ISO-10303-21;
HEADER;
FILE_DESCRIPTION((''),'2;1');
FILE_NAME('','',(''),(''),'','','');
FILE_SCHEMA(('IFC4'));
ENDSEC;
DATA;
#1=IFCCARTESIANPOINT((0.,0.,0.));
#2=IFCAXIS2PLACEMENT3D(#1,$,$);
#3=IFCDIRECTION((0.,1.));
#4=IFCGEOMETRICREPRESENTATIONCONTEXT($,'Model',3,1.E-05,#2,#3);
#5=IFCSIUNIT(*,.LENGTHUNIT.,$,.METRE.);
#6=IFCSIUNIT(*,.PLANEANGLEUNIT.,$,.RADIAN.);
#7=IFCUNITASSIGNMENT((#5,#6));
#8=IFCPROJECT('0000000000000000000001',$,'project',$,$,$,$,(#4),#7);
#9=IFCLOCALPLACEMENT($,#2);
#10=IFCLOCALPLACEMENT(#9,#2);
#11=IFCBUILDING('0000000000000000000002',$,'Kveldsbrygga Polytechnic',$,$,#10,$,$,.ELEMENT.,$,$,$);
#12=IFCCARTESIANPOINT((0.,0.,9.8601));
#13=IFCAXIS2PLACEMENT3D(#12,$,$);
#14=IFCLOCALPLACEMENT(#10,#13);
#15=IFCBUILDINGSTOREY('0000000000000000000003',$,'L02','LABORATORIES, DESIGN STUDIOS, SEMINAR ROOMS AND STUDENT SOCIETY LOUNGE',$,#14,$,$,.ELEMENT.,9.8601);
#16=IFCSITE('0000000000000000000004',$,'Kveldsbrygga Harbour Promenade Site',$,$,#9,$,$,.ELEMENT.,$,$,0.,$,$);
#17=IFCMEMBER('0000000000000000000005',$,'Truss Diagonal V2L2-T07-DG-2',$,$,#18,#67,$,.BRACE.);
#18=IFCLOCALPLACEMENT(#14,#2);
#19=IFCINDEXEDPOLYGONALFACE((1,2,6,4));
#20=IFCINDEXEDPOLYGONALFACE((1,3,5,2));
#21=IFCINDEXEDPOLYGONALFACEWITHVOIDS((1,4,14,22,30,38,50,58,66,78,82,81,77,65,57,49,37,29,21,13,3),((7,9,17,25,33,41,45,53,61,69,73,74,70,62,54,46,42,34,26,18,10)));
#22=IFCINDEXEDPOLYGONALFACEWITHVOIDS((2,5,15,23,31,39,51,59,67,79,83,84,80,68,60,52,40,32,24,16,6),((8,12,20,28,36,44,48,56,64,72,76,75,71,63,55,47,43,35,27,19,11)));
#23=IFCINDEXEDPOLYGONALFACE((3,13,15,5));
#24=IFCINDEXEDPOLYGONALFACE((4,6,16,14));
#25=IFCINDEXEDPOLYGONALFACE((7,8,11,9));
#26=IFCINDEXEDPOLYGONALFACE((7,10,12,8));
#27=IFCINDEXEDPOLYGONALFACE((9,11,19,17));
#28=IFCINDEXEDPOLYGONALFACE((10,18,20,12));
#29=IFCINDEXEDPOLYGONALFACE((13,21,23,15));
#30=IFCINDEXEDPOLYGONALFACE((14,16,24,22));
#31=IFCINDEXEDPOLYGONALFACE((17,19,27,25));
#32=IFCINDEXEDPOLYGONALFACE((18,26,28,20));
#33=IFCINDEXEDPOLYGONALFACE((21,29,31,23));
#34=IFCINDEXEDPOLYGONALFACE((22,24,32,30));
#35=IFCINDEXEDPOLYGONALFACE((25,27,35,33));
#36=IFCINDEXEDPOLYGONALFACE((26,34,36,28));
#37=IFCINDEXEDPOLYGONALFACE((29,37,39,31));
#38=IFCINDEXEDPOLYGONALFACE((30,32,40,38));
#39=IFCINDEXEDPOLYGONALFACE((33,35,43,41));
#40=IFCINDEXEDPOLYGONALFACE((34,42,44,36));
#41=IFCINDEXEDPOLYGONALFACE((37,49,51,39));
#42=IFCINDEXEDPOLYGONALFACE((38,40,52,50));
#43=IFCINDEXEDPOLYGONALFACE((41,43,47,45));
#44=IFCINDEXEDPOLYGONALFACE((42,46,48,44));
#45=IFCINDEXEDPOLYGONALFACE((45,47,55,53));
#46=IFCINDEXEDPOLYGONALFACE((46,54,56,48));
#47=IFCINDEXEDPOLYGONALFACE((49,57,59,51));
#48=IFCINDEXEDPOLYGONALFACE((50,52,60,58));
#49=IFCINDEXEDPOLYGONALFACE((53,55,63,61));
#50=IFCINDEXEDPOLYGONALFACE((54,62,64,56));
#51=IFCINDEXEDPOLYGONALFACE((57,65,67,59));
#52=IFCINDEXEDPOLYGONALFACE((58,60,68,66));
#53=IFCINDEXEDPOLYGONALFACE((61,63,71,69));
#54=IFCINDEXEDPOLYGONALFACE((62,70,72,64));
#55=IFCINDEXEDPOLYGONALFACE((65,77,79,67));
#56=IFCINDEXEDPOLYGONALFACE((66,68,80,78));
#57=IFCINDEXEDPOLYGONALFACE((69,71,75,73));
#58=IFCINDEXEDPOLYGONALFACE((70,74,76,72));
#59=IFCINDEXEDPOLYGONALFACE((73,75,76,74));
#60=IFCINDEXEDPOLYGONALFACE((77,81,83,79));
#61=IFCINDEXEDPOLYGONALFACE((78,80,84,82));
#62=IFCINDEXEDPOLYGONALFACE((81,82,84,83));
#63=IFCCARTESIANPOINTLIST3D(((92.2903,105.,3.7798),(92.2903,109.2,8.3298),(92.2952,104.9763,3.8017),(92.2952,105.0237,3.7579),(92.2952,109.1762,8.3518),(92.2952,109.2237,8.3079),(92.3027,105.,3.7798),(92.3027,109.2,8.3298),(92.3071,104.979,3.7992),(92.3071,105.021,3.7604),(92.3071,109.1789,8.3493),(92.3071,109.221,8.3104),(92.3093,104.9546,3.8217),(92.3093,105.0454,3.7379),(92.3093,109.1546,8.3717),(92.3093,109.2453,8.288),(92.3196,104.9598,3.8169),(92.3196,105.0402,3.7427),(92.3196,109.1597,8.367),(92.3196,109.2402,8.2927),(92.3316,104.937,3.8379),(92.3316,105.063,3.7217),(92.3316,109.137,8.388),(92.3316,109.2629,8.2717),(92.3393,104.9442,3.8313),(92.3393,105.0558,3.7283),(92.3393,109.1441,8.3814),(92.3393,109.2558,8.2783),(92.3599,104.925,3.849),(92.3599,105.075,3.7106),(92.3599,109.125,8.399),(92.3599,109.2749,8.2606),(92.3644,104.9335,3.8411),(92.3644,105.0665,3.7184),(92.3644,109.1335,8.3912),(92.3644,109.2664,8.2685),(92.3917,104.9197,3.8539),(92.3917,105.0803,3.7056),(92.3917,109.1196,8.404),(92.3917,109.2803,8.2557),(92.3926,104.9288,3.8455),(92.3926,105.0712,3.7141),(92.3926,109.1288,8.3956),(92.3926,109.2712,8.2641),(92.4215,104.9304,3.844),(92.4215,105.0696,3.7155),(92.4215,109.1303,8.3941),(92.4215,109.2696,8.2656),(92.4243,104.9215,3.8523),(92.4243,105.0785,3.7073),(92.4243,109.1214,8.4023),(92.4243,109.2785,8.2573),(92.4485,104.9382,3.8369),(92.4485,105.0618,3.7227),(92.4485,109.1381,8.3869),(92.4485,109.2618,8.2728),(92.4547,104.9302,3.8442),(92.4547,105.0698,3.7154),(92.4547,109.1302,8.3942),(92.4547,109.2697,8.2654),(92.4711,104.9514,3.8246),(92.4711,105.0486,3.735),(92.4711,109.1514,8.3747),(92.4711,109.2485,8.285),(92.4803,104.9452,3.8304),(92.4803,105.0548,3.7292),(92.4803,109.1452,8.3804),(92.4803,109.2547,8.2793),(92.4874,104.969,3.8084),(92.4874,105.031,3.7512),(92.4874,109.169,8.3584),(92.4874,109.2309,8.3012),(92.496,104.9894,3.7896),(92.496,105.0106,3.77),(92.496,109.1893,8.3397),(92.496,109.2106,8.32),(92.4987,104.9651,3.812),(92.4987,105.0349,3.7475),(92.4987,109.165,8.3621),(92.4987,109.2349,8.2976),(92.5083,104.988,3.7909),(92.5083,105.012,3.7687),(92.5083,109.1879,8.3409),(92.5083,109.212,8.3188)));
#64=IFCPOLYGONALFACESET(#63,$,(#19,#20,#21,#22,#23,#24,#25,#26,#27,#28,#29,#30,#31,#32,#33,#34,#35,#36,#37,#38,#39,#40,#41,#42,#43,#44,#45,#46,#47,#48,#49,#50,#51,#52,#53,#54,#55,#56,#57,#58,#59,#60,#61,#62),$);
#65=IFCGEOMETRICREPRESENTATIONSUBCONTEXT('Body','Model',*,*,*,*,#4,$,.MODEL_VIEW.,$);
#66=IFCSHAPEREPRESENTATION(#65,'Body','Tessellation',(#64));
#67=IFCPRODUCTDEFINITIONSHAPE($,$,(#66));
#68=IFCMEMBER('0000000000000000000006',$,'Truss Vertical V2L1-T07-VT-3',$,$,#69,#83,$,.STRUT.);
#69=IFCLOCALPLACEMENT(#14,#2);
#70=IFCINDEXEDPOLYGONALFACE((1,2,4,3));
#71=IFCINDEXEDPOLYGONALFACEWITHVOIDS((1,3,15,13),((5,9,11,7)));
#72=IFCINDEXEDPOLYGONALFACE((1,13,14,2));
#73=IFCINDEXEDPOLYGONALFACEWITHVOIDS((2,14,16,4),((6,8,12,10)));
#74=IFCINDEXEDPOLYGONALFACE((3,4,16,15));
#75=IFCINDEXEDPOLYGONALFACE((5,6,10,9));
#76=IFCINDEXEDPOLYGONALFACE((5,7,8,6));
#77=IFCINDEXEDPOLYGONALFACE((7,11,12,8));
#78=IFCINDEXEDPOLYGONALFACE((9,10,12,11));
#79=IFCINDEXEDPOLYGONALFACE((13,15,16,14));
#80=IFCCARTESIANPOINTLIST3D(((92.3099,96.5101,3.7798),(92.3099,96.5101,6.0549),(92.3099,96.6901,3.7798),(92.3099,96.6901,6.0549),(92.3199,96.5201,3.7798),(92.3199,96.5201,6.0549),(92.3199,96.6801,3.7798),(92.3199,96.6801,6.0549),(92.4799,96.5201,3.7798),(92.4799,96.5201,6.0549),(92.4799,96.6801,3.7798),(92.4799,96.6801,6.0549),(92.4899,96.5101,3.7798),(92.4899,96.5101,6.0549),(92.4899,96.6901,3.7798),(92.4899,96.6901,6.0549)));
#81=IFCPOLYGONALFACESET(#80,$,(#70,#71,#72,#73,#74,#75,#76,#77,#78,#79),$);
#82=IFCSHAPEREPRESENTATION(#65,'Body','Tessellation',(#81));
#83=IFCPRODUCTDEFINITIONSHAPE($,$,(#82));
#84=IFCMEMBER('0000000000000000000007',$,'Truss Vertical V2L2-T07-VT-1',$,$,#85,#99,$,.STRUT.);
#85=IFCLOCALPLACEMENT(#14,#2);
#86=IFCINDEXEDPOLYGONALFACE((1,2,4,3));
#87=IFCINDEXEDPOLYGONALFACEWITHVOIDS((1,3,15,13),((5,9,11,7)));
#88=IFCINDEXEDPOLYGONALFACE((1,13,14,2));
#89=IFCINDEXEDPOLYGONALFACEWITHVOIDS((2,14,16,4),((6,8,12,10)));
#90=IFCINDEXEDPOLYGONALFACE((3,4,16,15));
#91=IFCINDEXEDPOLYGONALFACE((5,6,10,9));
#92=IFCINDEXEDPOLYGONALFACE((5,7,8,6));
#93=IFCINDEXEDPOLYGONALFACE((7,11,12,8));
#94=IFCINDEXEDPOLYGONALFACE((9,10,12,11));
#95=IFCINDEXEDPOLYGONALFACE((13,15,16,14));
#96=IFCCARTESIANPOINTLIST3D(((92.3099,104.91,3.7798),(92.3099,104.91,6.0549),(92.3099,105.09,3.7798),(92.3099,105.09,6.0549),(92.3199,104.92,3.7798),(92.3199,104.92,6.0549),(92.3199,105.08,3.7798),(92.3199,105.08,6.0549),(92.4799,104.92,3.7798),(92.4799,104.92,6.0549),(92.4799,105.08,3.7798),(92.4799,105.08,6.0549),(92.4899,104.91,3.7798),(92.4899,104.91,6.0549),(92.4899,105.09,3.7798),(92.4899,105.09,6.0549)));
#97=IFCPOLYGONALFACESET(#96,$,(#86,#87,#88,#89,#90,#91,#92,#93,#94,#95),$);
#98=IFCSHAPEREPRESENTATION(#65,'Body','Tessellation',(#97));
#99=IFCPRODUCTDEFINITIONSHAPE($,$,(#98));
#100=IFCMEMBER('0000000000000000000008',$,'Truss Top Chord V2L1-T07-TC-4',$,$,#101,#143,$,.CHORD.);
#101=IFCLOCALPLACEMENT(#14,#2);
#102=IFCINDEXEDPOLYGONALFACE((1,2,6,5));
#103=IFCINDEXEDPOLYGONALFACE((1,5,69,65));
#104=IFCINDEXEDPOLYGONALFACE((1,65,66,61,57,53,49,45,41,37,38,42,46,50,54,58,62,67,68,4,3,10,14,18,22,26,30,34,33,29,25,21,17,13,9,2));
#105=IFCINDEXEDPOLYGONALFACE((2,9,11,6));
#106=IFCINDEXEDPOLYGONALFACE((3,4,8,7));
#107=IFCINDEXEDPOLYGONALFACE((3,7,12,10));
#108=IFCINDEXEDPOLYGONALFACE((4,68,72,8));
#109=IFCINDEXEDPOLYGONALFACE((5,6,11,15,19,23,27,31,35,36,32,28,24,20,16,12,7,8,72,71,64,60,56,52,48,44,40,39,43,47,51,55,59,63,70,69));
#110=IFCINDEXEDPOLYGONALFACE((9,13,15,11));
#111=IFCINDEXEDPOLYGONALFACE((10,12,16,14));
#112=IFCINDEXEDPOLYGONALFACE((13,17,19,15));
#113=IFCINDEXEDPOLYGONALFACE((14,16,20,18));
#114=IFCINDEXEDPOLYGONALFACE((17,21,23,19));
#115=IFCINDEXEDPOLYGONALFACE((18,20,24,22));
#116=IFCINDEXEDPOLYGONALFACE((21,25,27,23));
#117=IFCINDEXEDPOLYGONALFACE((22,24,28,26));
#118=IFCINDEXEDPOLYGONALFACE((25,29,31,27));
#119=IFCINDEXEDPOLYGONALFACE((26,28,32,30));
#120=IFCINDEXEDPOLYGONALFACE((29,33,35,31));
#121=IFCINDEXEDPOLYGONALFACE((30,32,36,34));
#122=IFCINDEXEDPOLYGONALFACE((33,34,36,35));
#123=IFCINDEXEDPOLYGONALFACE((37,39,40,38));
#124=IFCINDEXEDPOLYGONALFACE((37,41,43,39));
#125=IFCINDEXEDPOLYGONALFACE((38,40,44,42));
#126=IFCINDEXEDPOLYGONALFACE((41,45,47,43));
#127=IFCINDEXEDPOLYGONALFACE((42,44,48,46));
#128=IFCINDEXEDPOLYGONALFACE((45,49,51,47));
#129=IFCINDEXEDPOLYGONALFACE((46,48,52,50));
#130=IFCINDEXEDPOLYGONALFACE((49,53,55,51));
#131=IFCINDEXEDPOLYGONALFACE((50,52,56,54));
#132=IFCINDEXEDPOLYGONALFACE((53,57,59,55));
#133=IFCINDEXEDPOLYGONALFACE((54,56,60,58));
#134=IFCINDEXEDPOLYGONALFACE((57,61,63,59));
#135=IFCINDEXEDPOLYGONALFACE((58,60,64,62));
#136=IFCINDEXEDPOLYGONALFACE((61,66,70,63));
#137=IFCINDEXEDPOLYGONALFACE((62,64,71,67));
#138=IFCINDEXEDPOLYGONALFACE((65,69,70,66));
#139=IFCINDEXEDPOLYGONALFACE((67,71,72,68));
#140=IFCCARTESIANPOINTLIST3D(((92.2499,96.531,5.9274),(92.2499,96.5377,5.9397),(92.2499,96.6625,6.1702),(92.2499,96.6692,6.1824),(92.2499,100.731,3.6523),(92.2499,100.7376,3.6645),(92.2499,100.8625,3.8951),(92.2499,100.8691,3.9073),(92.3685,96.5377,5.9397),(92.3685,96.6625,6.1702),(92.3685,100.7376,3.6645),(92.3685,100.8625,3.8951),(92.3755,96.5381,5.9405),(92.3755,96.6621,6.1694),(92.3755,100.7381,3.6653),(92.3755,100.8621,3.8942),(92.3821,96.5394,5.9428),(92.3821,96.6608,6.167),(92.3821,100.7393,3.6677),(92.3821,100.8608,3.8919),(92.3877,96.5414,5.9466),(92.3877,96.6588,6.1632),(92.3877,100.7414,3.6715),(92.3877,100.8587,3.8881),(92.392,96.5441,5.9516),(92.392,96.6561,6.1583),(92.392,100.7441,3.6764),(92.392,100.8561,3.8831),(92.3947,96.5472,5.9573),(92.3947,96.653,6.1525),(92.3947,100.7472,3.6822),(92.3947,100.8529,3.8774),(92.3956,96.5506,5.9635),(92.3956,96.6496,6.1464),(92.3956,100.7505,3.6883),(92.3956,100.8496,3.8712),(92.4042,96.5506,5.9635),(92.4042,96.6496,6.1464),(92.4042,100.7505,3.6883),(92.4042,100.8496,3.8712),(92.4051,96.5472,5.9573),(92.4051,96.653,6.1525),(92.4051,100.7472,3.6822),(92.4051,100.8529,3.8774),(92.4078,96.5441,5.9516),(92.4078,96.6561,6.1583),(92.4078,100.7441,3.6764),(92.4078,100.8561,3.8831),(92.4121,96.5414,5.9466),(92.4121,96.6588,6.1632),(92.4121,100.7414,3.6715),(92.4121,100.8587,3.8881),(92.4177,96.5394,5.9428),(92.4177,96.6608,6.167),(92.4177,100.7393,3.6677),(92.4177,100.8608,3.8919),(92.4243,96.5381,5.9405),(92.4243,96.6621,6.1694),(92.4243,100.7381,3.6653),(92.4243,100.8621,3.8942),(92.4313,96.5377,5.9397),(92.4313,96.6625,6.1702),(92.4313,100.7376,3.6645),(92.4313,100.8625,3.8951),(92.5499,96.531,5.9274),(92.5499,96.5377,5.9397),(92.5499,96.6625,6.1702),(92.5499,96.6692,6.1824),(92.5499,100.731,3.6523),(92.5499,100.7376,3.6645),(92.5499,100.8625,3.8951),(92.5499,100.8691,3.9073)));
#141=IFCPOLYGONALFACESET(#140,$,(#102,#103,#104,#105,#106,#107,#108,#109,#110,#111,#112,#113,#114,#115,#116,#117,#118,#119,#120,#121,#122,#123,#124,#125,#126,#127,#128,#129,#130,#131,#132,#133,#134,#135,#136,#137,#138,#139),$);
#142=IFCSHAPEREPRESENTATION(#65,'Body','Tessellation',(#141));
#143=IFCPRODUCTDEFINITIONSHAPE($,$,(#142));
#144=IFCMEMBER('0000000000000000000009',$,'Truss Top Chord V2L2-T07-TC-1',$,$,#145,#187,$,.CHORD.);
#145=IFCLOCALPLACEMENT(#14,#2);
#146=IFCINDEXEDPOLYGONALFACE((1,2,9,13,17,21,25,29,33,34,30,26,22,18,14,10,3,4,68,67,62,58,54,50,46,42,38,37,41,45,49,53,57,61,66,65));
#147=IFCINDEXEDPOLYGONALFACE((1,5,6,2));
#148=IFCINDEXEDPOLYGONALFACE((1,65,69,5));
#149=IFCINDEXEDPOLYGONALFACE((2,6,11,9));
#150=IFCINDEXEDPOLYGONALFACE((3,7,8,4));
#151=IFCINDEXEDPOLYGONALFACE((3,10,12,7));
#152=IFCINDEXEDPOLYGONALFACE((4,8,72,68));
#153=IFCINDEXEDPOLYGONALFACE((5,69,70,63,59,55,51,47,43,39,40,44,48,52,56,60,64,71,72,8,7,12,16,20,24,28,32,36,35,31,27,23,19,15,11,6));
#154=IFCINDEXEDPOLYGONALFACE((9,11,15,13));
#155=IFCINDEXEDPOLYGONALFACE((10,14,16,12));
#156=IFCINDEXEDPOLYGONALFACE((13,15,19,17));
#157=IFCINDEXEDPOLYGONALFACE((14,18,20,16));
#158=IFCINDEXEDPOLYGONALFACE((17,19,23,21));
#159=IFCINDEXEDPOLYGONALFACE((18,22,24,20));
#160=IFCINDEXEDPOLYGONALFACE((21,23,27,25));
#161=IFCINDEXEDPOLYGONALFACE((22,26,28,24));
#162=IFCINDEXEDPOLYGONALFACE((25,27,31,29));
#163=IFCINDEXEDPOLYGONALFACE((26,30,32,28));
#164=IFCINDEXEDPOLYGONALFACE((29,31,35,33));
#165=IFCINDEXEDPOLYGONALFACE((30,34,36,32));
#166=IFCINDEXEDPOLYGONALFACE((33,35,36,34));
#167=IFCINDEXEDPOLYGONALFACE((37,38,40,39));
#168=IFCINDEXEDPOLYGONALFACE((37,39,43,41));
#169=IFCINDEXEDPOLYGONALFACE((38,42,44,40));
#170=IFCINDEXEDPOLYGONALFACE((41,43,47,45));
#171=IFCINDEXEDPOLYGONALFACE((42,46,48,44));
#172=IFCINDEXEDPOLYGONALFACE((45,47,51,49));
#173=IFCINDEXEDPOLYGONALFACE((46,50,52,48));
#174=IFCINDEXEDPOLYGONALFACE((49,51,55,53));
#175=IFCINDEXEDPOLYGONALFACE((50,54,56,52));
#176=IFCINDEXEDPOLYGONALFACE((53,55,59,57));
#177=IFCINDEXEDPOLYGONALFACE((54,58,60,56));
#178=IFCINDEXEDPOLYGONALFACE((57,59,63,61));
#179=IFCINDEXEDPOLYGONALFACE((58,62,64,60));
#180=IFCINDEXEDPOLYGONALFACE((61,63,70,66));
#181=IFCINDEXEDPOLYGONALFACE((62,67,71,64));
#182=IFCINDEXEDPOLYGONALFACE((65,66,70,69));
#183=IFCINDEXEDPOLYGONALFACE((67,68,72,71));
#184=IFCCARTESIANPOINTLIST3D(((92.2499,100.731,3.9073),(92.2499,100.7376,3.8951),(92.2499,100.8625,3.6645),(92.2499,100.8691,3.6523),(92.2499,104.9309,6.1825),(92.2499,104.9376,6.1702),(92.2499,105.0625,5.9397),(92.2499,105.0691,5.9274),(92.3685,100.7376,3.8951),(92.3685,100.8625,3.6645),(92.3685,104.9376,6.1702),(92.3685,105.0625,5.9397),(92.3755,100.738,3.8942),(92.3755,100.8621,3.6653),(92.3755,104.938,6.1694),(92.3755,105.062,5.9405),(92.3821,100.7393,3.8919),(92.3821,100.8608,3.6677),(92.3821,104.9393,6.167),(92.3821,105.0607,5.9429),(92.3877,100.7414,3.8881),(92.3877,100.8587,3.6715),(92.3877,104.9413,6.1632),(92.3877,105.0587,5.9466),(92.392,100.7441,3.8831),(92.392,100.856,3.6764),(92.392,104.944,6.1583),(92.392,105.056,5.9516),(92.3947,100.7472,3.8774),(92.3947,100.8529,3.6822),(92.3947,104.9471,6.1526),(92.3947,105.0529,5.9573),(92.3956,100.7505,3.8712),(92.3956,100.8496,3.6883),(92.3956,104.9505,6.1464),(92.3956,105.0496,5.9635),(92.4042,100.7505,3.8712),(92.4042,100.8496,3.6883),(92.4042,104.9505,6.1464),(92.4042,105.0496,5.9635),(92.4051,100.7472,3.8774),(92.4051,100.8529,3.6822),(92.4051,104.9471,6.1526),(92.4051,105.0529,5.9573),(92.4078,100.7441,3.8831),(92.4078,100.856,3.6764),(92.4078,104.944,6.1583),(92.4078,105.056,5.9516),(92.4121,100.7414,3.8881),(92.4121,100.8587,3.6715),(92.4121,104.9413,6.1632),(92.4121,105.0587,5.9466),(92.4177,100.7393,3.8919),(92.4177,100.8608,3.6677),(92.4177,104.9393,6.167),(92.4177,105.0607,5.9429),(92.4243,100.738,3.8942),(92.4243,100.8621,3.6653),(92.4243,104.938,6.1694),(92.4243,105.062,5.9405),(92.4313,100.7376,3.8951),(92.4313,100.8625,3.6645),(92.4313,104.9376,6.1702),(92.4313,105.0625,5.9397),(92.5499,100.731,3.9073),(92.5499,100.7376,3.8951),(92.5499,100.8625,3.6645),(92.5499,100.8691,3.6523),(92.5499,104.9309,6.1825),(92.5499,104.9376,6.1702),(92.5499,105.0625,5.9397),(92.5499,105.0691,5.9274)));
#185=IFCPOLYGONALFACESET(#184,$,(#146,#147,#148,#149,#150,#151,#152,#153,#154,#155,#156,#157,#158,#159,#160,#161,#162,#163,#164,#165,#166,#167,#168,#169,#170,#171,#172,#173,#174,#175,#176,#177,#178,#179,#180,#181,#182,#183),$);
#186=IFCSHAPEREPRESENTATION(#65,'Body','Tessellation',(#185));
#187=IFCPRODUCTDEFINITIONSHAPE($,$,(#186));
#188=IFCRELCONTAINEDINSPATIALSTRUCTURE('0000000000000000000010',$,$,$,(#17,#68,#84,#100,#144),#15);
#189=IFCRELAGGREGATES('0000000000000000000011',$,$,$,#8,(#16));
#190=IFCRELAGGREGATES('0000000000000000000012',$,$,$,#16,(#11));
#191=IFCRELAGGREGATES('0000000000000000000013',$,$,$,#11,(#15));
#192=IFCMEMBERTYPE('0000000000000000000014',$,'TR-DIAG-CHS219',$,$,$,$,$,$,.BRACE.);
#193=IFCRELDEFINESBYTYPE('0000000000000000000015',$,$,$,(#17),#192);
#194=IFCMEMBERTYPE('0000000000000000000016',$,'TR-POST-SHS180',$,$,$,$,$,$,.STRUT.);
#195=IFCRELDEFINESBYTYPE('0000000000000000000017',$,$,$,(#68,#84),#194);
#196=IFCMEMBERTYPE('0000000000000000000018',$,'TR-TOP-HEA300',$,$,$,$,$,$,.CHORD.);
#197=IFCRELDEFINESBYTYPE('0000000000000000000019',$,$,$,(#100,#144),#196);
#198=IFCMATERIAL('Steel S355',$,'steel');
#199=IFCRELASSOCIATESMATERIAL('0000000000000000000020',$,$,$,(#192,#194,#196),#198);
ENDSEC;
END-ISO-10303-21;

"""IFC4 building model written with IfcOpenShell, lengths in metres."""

from ifc_helpers import new_model, si_unit, direction, frame, origin, origin_2d, place, context, subcontext, project, spatial, hollow_rectangle, hollow_circle, i_section, extrude, material, material_profile, profile_set, type_object, element, save


model = new_model("IFC4")

# Units and contexts
model_context = context("Model", 3, precision=1e-05, world=origin(), true_north=direction((0.0, 1.0)))
body_context = subcontext(model_context, "Body", "Model", "MODEL_VIEW")
ifc_project = project(units=[si_unit("LENGTHUNIT", "METRE"), si_unit("PLANEANGLEUNIT", "RADIAN")], contexts=[model_context])

# Site, building, storey
site_placement = place(None, origin())
site = spatial("IfcSite", under=ifc_project, at=site_placement, Name="Kveldsbrygga Harbour Promenade Site", CompositionType="ELEMENT", RefElevation=0.0)
building_placement = place(site_placement, origin())
building = spatial("IfcBuilding", under=site, at=building_placement, Name="Kveldsbrygga Polytechnic", CompositionType="ELEMENT")
storey_placement = place(building_placement, frame((0.0, 0.0, 9.8601)))
storey = spatial("IfcBuildingStorey", under=building, at=storey_placement, Name="L02", Description="LABORATORIES, DESIGN STUDIOS, SEMINAR ROOMS AND STUDENT SOCIETY LOUNGE", CompositionType="ELEMENT", Elevation=9.8601)

# Members
ifc_material_1 = material(Name="Steel S355", Category="steel")
ifc_material_profile_1 = material_profile(ifc_material_1, hollow_circle(Radius=0.1096, WallThickness=0.0125, at=origin_2d()), Name="CHS 219.1x12.5")
ifc_profile_set_1 = profile_set([ifc_material_profile_1], Name="Steel S355")
member_type_1 = type_object("IfcMemberType", Name="TR-DIAG-CHS219", PredefinedType="BRACE", material=ifc_profile_set_1)
member_1_placement = place(storey_placement, frame((92.3999, 105.0, 3.7798), z_axis=(0.0, 0.678272, 0.734811), x_axis=(-1.0, 0.0, 0.0)))
element("IfcMember", 1, at=member_1_placement, inside=storey, type_object=member_type_1, Name="Truss Diagonal V2L2-T07-DG-2", PredefinedType="BRACE", context=body_context, shape_type="SweptSolid", body=[
    extrude(hollow_circle(Radius=0.1096, WallThickness=0.0125, at=origin_2d()), origin(), (0.0, 0.0, 1.0), 6.1921),
])
ifc_material_profile_2 = material_profile(ifc_material_1, hollow_rectangle(XDim=0.1799, YDim=0.1799, WallThickness=0.01, at=origin_2d()), Name="SHS 180x180x10.0")
ifc_profile_set_2 = profile_set([ifc_material_profile_2], Name="Steel S355")
member_type_2 = type_object("IfcMemberType", Name="TR-POST-SHS180", PredefinedType="STRUT", material=ifc_profile_set_2)
for number, where, z_axis, x_axis, name in (
    (2, (92.3999, 96.6001, 3.7798), (0.0, 0.0, 1.0), (1.0, 0.0, 0.0), "Truss Vertical V2L1-T07-VT-3"),
    (3, (92.3999, 105.0, 3.7798), (0.0, 0.0, 1.0), (1.0, 0.0, 0.0), "Truss Vertical V2L2-T07-VT-1"),
):
    element("IfcMember", number, at=place(storey_placement, frame(where, z_axis=z_axis, x_axis=x_axis)), inside=storey, type_object=member_type_2, Name=name, PredefinedType="STRUT", context=body_context, shape_type="SweptSolid", body=[
        extrude(hollow_rectangle(XDim=0.1799, YDim=0.1799, WallThickness=0.01, at=origin_2d()), origin(), (0.0, 0.0, 1.0), 2.2751),
    ])
ifc_material_profile_3 = material_profile(ifc_material_1, i_section(OverallWidth=0.3, OverallDepth=0.29, WebThickness=0.0085, FlangeThickness=0.0139, FilletRadius=0.0271, at=origin_2d()), Name="HEA 300")
ifc_profile_set_3 = profile_set([ifc_material_profile_3], Name="Steel S355")
member_type_3 = type_object("IfcMemberType", Name="TR-TOP-HEA300", PredefinedType="CHORD", material=ifc_profile_set_3)
for number, where, z_axis, x_axis, name in (
    (4, (92.3999, 96.6001, 6.0549), (0.0, 0.879277, -0.476311), (-1.0, 0.0, 0.0), "Truss Top Chord V2L1-T07-TC-4"),
    (5, (92.3999, 100.8, 3.7798), (0.0, 0.879277, 0.476311), (-1.0, 0.0, 0.0), "Truss Top Chord V2L2-T07-TC-1"),
):
    element("IfcMember", number, at=place(storey_placement, frame(where, z_axis=z_axis, x_axis=x_axis)), inside=storey, type_object=member_type_3, Name=name, PredefinedType="CHORD", context=body_context, shape_type="SweptSolid", body=[
        extrude(i_section(OverallWidth=0.3, OverallDepth=0.29, WebThickness=0.0085, FlangeThickness=0.0139, FilletRadius=0.0271, at=origin_2d()), origin(), (0.0, 0.0, 1.0), 4.7766),
    ])

save(model, "model.ifc")
